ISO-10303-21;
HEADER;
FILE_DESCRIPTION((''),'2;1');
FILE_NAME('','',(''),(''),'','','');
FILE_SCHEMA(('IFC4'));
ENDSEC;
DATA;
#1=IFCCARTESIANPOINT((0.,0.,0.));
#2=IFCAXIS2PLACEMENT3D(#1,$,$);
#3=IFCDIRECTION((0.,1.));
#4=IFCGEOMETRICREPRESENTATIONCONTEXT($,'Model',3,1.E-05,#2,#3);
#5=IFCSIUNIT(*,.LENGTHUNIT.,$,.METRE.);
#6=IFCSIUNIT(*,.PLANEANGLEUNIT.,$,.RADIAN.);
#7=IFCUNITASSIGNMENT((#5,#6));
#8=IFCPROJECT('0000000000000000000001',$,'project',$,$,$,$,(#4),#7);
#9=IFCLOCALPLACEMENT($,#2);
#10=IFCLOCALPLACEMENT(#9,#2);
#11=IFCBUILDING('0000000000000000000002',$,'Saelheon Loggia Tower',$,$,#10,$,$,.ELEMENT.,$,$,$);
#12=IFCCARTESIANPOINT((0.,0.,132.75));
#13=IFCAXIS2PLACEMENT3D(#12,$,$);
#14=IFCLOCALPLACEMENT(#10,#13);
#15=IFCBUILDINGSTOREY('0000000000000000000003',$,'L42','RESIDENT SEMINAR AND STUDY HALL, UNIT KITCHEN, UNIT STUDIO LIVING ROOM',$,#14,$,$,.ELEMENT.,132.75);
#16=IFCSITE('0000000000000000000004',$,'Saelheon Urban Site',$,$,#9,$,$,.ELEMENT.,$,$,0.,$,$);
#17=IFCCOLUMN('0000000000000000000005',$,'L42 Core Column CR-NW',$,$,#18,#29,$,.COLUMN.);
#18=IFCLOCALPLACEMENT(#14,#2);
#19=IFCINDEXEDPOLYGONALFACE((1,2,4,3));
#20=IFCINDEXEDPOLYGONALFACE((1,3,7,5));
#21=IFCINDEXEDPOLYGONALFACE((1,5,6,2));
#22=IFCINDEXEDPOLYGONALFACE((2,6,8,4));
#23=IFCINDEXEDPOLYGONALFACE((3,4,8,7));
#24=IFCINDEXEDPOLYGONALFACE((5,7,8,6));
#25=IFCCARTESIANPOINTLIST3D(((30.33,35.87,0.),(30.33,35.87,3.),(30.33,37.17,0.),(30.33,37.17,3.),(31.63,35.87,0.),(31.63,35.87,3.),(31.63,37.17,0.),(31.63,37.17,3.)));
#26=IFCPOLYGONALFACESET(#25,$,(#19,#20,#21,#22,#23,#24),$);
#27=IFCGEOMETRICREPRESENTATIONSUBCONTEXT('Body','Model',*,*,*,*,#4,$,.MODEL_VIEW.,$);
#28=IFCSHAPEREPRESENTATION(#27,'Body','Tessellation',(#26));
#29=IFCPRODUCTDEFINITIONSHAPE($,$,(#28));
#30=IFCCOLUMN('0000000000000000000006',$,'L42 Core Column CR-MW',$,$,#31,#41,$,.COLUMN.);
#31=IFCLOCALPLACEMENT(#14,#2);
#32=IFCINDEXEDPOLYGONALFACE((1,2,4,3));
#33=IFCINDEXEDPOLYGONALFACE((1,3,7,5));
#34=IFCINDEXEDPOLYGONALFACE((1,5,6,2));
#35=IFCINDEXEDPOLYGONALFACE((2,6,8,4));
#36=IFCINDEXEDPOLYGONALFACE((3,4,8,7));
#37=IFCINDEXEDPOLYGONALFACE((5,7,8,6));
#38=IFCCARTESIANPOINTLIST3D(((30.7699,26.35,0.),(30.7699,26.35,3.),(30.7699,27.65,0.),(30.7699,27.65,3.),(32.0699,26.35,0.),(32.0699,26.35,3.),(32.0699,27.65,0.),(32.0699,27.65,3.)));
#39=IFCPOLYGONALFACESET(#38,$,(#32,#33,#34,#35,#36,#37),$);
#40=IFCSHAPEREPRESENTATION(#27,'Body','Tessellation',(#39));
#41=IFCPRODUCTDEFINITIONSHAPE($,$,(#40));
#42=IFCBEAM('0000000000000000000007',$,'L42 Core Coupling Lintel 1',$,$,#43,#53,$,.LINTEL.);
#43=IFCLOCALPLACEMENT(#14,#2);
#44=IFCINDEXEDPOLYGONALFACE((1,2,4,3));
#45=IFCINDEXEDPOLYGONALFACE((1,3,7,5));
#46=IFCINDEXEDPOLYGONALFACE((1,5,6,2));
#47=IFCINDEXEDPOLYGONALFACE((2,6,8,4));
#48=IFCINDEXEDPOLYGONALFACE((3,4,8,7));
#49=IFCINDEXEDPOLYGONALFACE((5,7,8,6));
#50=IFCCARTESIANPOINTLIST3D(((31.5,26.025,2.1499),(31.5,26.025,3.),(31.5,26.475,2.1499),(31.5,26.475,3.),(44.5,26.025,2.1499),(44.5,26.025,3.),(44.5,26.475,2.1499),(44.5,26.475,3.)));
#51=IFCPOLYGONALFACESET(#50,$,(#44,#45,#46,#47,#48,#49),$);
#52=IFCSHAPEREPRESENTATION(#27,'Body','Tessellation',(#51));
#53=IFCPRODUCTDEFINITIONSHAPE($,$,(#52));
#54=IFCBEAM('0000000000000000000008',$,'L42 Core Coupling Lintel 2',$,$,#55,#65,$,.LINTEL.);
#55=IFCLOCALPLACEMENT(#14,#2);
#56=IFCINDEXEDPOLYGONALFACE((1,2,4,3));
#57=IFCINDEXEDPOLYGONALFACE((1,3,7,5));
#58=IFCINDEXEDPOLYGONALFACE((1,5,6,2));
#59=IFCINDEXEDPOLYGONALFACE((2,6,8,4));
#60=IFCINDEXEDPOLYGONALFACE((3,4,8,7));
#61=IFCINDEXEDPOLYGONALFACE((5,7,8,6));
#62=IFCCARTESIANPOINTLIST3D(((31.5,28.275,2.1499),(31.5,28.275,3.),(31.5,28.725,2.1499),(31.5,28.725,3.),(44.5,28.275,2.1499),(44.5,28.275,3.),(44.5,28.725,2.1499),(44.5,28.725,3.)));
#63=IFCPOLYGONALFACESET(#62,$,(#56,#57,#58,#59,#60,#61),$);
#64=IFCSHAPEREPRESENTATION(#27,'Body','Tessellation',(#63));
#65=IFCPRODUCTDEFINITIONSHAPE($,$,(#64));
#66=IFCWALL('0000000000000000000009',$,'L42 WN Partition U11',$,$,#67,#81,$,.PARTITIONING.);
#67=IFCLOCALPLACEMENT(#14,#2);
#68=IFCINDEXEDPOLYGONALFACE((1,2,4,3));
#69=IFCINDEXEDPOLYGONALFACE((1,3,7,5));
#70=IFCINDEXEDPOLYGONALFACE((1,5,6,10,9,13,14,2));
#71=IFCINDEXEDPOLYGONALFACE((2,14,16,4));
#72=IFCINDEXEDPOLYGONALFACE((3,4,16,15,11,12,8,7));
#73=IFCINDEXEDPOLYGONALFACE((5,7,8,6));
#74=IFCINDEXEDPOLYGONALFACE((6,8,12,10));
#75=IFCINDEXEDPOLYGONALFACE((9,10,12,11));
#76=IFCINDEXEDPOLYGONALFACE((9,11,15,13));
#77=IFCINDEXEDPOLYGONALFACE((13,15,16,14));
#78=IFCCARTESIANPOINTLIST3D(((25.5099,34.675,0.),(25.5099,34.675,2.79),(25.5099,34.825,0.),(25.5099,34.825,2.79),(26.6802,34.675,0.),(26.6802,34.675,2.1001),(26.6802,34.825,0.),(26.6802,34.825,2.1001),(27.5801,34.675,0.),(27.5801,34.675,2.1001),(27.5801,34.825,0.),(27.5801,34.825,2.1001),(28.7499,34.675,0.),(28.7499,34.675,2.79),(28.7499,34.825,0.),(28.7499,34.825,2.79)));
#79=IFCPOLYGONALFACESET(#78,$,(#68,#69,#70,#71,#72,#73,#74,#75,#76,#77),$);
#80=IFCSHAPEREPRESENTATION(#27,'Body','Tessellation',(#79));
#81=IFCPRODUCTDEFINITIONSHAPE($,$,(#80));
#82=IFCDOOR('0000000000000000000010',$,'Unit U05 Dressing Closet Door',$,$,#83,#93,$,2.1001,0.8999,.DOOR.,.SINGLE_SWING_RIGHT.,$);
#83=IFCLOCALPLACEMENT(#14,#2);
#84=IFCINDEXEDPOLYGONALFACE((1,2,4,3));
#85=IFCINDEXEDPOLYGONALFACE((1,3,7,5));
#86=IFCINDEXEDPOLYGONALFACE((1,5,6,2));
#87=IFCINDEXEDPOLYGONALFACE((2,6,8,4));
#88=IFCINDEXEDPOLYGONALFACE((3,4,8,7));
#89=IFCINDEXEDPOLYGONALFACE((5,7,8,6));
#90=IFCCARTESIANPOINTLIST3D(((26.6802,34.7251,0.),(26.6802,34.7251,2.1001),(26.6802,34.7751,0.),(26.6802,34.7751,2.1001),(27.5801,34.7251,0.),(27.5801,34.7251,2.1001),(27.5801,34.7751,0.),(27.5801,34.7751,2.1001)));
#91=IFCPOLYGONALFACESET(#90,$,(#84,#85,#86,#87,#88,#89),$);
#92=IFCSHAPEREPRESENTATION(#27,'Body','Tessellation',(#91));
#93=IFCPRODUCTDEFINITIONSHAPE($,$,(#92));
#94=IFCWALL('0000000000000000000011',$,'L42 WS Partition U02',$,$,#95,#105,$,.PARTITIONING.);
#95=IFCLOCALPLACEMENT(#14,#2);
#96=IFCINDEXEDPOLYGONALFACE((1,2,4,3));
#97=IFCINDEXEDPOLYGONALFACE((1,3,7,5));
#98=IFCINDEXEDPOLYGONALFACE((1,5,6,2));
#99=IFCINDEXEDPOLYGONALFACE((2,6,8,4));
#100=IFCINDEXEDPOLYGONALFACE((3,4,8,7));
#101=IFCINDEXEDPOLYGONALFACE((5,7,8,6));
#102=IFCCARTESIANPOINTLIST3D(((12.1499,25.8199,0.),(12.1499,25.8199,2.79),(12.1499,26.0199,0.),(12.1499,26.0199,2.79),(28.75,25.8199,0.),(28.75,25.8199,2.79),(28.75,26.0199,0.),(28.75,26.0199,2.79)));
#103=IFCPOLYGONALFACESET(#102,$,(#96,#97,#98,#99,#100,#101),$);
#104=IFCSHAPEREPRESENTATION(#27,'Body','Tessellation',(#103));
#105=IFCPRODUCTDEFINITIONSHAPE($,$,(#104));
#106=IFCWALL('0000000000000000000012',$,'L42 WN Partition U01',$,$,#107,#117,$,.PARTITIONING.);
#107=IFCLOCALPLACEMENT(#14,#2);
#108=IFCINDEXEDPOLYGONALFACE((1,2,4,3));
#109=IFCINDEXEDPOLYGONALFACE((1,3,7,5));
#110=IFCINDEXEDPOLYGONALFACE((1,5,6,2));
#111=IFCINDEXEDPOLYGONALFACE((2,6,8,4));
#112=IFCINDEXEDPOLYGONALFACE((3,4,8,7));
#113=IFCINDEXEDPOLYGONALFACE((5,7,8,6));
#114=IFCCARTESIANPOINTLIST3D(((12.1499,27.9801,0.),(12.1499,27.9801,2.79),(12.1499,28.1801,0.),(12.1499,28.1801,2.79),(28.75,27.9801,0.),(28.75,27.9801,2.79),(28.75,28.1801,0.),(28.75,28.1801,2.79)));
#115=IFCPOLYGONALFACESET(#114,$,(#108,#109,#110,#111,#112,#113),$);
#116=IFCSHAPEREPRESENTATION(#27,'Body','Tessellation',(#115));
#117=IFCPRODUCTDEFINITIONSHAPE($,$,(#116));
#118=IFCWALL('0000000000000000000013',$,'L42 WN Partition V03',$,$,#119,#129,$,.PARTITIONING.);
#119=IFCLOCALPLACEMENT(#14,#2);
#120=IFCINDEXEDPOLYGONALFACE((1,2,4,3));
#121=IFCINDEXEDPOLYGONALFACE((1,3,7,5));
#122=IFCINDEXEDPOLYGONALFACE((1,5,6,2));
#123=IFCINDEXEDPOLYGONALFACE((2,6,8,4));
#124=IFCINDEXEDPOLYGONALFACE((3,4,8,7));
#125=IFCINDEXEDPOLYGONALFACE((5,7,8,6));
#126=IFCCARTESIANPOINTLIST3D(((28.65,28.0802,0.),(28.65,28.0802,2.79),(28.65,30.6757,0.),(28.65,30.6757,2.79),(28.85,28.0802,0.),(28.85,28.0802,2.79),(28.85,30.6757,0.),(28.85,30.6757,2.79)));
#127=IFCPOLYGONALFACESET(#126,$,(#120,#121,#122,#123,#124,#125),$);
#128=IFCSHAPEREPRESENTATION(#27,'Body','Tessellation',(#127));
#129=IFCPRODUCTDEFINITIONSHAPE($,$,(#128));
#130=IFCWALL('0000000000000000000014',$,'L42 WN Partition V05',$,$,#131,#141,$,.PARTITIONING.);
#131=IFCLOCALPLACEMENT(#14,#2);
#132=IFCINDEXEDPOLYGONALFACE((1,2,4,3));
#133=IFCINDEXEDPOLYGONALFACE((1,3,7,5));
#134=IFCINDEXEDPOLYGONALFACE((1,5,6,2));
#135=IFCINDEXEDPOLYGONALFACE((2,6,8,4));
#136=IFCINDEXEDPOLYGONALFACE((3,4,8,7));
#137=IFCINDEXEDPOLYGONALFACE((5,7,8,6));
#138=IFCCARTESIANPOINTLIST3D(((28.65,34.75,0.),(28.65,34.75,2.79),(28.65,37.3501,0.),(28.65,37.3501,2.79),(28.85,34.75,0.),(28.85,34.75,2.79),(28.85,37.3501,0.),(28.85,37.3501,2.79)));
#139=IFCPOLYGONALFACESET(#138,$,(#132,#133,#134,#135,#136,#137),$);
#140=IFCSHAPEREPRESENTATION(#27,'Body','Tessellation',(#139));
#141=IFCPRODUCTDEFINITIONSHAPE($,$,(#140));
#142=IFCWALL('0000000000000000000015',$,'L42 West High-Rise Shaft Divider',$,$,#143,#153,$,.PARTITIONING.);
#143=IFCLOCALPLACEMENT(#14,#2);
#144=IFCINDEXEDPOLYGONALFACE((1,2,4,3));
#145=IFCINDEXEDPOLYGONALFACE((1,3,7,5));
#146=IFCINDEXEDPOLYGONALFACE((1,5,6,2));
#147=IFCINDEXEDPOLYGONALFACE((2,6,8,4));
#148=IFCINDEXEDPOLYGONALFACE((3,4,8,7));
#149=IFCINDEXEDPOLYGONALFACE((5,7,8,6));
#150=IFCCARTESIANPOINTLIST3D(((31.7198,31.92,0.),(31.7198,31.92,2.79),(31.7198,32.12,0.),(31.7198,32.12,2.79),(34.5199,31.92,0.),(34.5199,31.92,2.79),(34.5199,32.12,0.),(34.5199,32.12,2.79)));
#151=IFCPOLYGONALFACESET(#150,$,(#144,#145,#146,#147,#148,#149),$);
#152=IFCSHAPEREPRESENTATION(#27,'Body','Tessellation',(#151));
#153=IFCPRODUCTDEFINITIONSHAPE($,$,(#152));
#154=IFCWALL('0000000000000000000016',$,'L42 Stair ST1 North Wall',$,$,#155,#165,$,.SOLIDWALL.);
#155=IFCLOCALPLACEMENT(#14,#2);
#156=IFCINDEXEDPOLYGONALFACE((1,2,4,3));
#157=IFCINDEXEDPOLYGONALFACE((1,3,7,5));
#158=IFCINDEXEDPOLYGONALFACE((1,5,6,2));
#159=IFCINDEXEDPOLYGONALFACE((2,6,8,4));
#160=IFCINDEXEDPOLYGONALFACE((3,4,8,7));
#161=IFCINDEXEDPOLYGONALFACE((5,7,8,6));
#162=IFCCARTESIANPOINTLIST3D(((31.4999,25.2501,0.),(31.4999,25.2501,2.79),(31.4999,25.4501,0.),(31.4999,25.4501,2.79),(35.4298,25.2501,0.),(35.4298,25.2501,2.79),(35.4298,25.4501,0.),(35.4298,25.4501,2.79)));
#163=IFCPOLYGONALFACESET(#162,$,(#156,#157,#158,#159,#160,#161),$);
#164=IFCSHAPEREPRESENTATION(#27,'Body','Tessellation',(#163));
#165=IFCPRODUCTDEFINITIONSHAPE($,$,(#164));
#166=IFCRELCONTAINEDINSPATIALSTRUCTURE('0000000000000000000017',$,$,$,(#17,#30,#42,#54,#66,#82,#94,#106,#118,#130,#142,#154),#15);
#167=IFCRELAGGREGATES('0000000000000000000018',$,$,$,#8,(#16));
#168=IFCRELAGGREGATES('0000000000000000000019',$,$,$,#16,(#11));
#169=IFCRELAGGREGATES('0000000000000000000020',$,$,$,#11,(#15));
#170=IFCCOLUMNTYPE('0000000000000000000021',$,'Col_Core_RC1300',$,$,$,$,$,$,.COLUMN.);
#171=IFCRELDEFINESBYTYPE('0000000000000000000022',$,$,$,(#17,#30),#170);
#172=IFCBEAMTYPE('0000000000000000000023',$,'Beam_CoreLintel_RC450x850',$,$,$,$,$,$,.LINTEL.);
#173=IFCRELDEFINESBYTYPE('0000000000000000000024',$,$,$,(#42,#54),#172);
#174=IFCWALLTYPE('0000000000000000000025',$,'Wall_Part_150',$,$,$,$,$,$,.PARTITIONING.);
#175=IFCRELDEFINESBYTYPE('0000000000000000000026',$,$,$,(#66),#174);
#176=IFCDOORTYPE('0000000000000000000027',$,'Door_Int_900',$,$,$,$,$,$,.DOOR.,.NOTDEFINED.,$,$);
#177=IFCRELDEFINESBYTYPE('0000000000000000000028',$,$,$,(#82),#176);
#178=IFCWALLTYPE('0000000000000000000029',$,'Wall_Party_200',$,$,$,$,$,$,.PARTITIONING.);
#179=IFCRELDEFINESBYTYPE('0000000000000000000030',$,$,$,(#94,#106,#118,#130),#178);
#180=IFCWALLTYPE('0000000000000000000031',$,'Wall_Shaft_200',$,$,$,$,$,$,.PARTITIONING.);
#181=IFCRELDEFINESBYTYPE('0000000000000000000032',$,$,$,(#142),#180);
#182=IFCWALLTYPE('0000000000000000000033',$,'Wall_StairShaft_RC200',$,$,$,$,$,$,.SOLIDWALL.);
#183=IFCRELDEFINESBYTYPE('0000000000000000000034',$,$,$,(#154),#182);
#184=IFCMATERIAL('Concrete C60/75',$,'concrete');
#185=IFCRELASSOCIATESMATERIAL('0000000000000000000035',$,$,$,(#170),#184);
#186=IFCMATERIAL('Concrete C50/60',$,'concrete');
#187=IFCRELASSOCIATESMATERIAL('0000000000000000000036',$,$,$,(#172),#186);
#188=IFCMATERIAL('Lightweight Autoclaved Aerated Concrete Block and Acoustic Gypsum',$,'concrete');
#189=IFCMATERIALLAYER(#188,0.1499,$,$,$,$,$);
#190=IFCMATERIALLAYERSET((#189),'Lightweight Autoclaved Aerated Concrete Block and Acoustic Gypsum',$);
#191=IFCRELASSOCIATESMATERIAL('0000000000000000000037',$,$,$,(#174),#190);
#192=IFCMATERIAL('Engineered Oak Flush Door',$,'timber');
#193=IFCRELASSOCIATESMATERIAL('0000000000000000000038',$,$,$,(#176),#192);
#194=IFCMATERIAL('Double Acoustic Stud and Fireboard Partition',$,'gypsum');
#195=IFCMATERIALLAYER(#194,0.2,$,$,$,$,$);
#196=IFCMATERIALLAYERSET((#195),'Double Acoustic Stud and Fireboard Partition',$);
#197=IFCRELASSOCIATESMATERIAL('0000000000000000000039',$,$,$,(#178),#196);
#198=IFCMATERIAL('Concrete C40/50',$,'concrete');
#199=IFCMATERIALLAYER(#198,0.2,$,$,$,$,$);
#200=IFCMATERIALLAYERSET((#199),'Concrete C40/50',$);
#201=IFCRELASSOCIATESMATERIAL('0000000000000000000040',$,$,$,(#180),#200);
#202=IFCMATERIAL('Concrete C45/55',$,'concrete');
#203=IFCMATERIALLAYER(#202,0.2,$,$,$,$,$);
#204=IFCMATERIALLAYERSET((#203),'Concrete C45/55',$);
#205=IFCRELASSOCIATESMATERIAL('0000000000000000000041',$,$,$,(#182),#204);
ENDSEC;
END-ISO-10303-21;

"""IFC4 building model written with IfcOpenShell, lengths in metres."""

from ifc_helpers import new_model, si_unit, direction, frame, frame_2d, origin, origin_2d, place, context, subcontext, project, spatial, rectangle, extrude, source, transform, mapped, material, layer, layer_set, material_profile, profile_set, type_object, element, fill, save


model = new_model("IFC4")

# Units and contexts
model_context = context("Model", 3, precision=1e-05, world=origin(), true_north=direction((0.0, 1.0)))
body_context = subcontext(model_context, "Body", "Model", "MODEL_VIEW")
ifc_project = project(units=[si_unit("LENGTHUNIT", "METRE"), si_unit("PLANEANGLEUNIT", "RADIAN")], contexts=[model_context])

# Site, building, storey
site_placement = place(None, origin())
site = spatial("IfcSite", under=ifc_project, at=site_placement, Name="Saelheon Urban Site", CompositionType="ELEMENT", RefElevation=0.0)
building_placement = place(site_placement, origin())
building = spatial("IfcBuilding", under=site, at=building_placement, Name="Saelheon Loggia Tower", CompositionType="ELEMENT")
storey_placement = place(building_placement, frame((0.0, 0.0, 132.75)))
storey = spatial("IfcBuildingStorey", under=building, at=storey_placement, Name="L42", Description="RESIDENT SEMINAR AND STUDY HALL, UNIT KITCHEN, UNIT STUDIO LIVING ROOM", CompositionType="ELEMENT", Elevation=132.75)

# Columns
ifc_material_1 = material(Name="Concrete C60/75", Category="concrete")
ifc_material_profile_1 = material_profile(ifc_material_1, rectangle(XDim=1.3, YDim=1.3, at=origin_2d()), Name="RC-1300x1300")
ifc_profile_set_1 = profile_set([ifc_material_profile_1], Name="Concrete C60/75")
column_type = type_object("IfcColumnType", Name="Col_Core_RC1300", PredefinedType="COLUMN", material=ifc_profile_set_1)
shared_shape_1 = source(origin(), body_context, "Body", "SweptSolid", [
    extrude(rectangle(XDim=1.3, YDim=1.3, at=origin_2d()), origin(), (0.0, 0.0, 1.0), 3.0),
])
for number, where, z_axis, x_axis, name in (
    (1, (30.98, 36.52, 0.0), (0.0, 0.0, 1.0), (1.0, 0.0, 0.0), "L42 Core Column CR-NW"),
    (2, (31.4199, 27.0, 0.0), (0.0, 0.0, 1.0), (1.0, 0.0, 0.0), "L42 Core Column CR-MW"),
):
    element("IfcColumn", number, at=place(storey_placement, frame(where, z_axis=z_axis, x_axis=x_axis)), inside=storey, type_object=column_type, Name=name, PredefinedType="COLUMN", context=body_context, shape_type="MappedRepresentation", body=[
        mapped(shared_shape_1, transform((0.0, 0.0, 0.0), scale=1.0)),
    ])

# Beams
ifc_material_2 = material(Name="Concrete C50/60", Category="concrete")
ifc_material_profile_2 = material_profile(ifc_material_2, rectangle(XDim=0.45, YDim=0.8501, at=origin_2d()), Name="RC-450x850")
ifc_profile_set_2 = profile_set([ifc_material_profile_2], Name="Concrete C50/60")
beam_type = type_object("IfcBeamType", Name="Beam_CoreLintel_RC450x850", PredefinedType="LINTEL", material=ifc_profile_set_2)
shared_shape_2 = source(origin(), body_context, "Body", "SweptSolid", [
    extrude(rectangle(XDim=0.45, YDim=0.8501, at=origin_2d()), origin(), (0.0, 0.0, 1.0), 13.0),
])
for number, where, z_axis, x_axis, name in (
    (3, (31.5, 26.25, 2.575), (1.0, 0.0, 0.0), (0.0, 1.0, 0.0), "L42 Core Coupling Lintel 1"),
    (4, (31.5, 28.5, 2.575), (1.0, 0.0, 0.0), (0.0, 1.0, 0.0), "L42 Core Coupling Lintel 2"),
):
    element("IfcBeam", number, at=place(storey_placement, frame(where, z_axis=z_axis, x_axis=x_axis)), inside=storey, type_object=beam_type, Name=name, PredefinedType="LINTEL", context=body_context, shape_type="MappedRepresentation", body=[
        mapped(shared_shape_2, transform((0.0, 0.0, 0.0), scale=1.0)),
    ])

# Wall, opening, door
ifc_material_3 = material(Name="Lightweight Autoclaved Aerated Concrete Block and Acoustic Gypsum", Category="concrete")
ifc_layer_1 = layer(ifc_material_3, 0.1499)
ifc_layer_set_1 = layer_set([ifc_layer_1], Name="Lightweight Autoclaved Aerated Concrete Block and Acoustic Gypsum")
wall_type_1 = type_object("IfcWallType", Name="Wall_Part_150", PredefinedType="PARTITIONING", material=ifc_layer_set_1)
wall_1_placement = place(storey_placement, frame((28.75, 34.75, 0.0), z_axis=(0.0, 0.0, 1.0), x_axis=(-1.0, 0.0, 0.0)))
wall_1 = element("IfcWall", 5, at=wall_1_placement, inside=storey, type_object=wall_type_1, Name="L42 WN Partition U11", PredefinedType="PARTITIONING", context=body_context, shape_type="SweptSolid", body=[
    extrude(rectangle(XDim=3.24, YDim=0.1499, at=frame_2d((1.6201, 0.0))), origin(), (0.0, 0.0, 1.0), 2.79),
])
opening_1_placement = place(wall_1_placement, frame((1.1699, 0.0, 0.0)))
opening_1 = element("IfcOpeningElement", 6, at=opening_1_placement, cuts=wall_1, PredefinedType="OPENING", context=body_context, shape_type="SweptSolid", body=[
    extrude(rectangle(XDim=0.8999, YDim=2.1001, at=frame_2d((0.45, 1.05))), frame((0.0, 0.0869, 0.0), z_axis=(0.0, -1.0, 0.0), x_axis=(1.0, 0.0, 0.0)), (0.0, 0.0, 1.0), 0.1738),
])
ifc_material_4 = material(Name="Engineered Oak Flush Door", Category="timber")
door_type_1 = type_object("IfcDoorType", Name="Door_Int_900", OperationType="NOTDEFINED", PredefinedType="DOOR", material=ifc_material_4)
shared_shape_3 = source(origin(), body_context, "Body", "SweptSolid", [
    extrude(rectangle(XDim=0.8999, YDim=2.1001, at=frame_2d((0.45, 1.05))), frame((0.0, 0.0249, 0.0), z_axis=(0.0, -1.0, 0.0), x_axis=(1.0, 0.0, 0.0)), (0.0, 0.0, 1.0), 0.05),
])
door_1_placement = place(opening_1_placement, origin())
door_1 = element("IfcDoor", 7, at=door_1_placement, inside=storey, type_object=door_type_1, Name="Unit U05 Dressing Closet Door", OperationType="SINGLE_SWING_RIGHT", OverallHeight=2.1001, OverallWidth=0.8999, PredefinedType="DOOR", context=body_context, shape_type="MappedRepresentation", body=[
    mapped(shared_shape_3, transform((0.0, 0.0, 0.0), scale=1.0)),
])
fill(opening_1, door_1)

# Walls
ifc_material_5 = material(Name="Double Acoustic Stud and Fireboard Partition", Category="gypsum")
ifc_layer_2 = layer(ifc_material_5, 0.2)
ifc_layer_set_2 = layer_set([ifc_layer_2], Name="Double Acoustic Stud and Fireboard Partition")
wall_type_2 = type_object("IfcWallType", Name="Wall_Party_200", PredefinedType="PARTITIONING", material=ifc_layer_set_2)
for number, where, z_axis, x_axis, name in (
    (8, (28.75, 25.9199, 0.0), (0.0, 0.0, 1.0), (-1.0, 0.0, 0.0), "L42 WS Partition U02"),
    (9, (28.75, 28.0801, 0.0), (0.0, 0.0, 1.0), (-1.0, 0.0, 0.0), "L42 WN Partition U01"),
):
    element("IfcWall", number, at=place(storey_placement, frame(where, z_axis=z_axis, x_axis=x_axis)), inside=storey, type_object=wall_type_2, Name=name, PredefinedType="PARTITIONING", context=body_context, shape_type="SweptSolid", body=[
        extrude(rectangle(XDim=16.6001, YDim=0.2, at=frame_2d((8.3, 0.0))), origin(), (0.0, 0.0, 1.0), 2.79),
    ])
wall_2_placement = place(storey_placement, frame((28.75, 28.0801, 0.0), z_axis=(0.0, 0.0, 1.0), x_axis=(0.0, 1.0, 0.0)))
element("IfcWall", 10, at=wall_2_placement, inside=storey, type_object=wall_type_2, Name="L42 WN Partition V03", PredefinedType="PARTITIONING", context=body_context, shape_type="SweptSolid", body=[
    extrude(rectangle(XDim=2.5955, YDim=0.2, at=frame_2d((1.2979, 0.0))), origin(), (0.0, 0.0, 1.0), 2.79),
])

# Walls
wall_3_placement = place(storey_placement, frame((28.75, 34.75, 0.0), z_axis=(0.0, 0.0, 1.0), x_axis=(0.0, 1.0, 0.0)))
element("IfcWall", 11, at=wall_3_placement, inside=storey, type_object=wall_type_2, Name="L42 WN Partition V05", PredefinedType="PARTITIONING", context=body_context, shape_type="SweptSolid", body=[
    extrude(rectangle(XDim=2.6001, YDim=0.2, at=frame_2d((1.3, 0.0))), origin(), (0.0, 0.0, 1.0), 2.79),
])
ifc_material_6 = material(Name="Concrete C40/50", Category="concrete")
ifc_layer_3 = layer(ifc_material_6, 0.2)
ifc_layer_set_3 = layer_set([ifc_layer_3], Name="Concrete C40/50")
wall_type_3 = type_object("IfcWallType", Name="Wall_Shaft_200", PredefinedType="PARTITIONING", material=ifc_layer_set_3)
wall_4_placement = place(storey_placement, frame((31.72, 32.02, 0.0), z_axis=(0.0, 0.0, 1.0), x_axis=(1.0, 0.0, 0.0)))
element("IfcWall", 12, at=wall_4_placement, inside=storey, type_object=wall_type_3, Name="L42 West High-Rise Shaft Divider", PredefinedType="PARTITIONING", context=body_context, shape_type="SweptSolid", body=[
    extrude(rectangle(XDim=2.8, YDim=0.2, at=frame_2d((1.3999, 0.0))), origin(), (0.0, 0.0, 1.0), 2.79),
])
ifc_material_7 = material(Name="Concrete C45/55", Category="concrete")
ifc_layer_4 = layer(ifc_material_7, 0.2)
ifc_layer_set_4 = layer_set([ifc_layer_4], Name="Concrete C45/55")
wall_type_4 = type_object("IfcWallType", Name="Wall_StairShaft_RC200", PredefinedType="SOLIDWALL", material=ifc_layer_set_4)
wall_5_placement = place(storey_placement, frame((31.5, 25.3501, 0.0), z_axis=(0.0, 0.0, 1.0), x_axis=(1.0, 0.0, 0.0)))
element("IfcWall", 13, at=wall_5_placement, inside=storey, type_object=wall_type_4, Name="L42 Stair ST1 North Wall", PredefinedType="SOLIDWALL", context=body_context, shape_type="SweptSolid", body=[
    extrude(rectangle(XDim=3.9299, YDim=0.2, at=frame_2d((1.9648, 0.0))), origin(), (0.0, 0.0, 1.0), 2.79),
])

save(model, "model.ifc")
